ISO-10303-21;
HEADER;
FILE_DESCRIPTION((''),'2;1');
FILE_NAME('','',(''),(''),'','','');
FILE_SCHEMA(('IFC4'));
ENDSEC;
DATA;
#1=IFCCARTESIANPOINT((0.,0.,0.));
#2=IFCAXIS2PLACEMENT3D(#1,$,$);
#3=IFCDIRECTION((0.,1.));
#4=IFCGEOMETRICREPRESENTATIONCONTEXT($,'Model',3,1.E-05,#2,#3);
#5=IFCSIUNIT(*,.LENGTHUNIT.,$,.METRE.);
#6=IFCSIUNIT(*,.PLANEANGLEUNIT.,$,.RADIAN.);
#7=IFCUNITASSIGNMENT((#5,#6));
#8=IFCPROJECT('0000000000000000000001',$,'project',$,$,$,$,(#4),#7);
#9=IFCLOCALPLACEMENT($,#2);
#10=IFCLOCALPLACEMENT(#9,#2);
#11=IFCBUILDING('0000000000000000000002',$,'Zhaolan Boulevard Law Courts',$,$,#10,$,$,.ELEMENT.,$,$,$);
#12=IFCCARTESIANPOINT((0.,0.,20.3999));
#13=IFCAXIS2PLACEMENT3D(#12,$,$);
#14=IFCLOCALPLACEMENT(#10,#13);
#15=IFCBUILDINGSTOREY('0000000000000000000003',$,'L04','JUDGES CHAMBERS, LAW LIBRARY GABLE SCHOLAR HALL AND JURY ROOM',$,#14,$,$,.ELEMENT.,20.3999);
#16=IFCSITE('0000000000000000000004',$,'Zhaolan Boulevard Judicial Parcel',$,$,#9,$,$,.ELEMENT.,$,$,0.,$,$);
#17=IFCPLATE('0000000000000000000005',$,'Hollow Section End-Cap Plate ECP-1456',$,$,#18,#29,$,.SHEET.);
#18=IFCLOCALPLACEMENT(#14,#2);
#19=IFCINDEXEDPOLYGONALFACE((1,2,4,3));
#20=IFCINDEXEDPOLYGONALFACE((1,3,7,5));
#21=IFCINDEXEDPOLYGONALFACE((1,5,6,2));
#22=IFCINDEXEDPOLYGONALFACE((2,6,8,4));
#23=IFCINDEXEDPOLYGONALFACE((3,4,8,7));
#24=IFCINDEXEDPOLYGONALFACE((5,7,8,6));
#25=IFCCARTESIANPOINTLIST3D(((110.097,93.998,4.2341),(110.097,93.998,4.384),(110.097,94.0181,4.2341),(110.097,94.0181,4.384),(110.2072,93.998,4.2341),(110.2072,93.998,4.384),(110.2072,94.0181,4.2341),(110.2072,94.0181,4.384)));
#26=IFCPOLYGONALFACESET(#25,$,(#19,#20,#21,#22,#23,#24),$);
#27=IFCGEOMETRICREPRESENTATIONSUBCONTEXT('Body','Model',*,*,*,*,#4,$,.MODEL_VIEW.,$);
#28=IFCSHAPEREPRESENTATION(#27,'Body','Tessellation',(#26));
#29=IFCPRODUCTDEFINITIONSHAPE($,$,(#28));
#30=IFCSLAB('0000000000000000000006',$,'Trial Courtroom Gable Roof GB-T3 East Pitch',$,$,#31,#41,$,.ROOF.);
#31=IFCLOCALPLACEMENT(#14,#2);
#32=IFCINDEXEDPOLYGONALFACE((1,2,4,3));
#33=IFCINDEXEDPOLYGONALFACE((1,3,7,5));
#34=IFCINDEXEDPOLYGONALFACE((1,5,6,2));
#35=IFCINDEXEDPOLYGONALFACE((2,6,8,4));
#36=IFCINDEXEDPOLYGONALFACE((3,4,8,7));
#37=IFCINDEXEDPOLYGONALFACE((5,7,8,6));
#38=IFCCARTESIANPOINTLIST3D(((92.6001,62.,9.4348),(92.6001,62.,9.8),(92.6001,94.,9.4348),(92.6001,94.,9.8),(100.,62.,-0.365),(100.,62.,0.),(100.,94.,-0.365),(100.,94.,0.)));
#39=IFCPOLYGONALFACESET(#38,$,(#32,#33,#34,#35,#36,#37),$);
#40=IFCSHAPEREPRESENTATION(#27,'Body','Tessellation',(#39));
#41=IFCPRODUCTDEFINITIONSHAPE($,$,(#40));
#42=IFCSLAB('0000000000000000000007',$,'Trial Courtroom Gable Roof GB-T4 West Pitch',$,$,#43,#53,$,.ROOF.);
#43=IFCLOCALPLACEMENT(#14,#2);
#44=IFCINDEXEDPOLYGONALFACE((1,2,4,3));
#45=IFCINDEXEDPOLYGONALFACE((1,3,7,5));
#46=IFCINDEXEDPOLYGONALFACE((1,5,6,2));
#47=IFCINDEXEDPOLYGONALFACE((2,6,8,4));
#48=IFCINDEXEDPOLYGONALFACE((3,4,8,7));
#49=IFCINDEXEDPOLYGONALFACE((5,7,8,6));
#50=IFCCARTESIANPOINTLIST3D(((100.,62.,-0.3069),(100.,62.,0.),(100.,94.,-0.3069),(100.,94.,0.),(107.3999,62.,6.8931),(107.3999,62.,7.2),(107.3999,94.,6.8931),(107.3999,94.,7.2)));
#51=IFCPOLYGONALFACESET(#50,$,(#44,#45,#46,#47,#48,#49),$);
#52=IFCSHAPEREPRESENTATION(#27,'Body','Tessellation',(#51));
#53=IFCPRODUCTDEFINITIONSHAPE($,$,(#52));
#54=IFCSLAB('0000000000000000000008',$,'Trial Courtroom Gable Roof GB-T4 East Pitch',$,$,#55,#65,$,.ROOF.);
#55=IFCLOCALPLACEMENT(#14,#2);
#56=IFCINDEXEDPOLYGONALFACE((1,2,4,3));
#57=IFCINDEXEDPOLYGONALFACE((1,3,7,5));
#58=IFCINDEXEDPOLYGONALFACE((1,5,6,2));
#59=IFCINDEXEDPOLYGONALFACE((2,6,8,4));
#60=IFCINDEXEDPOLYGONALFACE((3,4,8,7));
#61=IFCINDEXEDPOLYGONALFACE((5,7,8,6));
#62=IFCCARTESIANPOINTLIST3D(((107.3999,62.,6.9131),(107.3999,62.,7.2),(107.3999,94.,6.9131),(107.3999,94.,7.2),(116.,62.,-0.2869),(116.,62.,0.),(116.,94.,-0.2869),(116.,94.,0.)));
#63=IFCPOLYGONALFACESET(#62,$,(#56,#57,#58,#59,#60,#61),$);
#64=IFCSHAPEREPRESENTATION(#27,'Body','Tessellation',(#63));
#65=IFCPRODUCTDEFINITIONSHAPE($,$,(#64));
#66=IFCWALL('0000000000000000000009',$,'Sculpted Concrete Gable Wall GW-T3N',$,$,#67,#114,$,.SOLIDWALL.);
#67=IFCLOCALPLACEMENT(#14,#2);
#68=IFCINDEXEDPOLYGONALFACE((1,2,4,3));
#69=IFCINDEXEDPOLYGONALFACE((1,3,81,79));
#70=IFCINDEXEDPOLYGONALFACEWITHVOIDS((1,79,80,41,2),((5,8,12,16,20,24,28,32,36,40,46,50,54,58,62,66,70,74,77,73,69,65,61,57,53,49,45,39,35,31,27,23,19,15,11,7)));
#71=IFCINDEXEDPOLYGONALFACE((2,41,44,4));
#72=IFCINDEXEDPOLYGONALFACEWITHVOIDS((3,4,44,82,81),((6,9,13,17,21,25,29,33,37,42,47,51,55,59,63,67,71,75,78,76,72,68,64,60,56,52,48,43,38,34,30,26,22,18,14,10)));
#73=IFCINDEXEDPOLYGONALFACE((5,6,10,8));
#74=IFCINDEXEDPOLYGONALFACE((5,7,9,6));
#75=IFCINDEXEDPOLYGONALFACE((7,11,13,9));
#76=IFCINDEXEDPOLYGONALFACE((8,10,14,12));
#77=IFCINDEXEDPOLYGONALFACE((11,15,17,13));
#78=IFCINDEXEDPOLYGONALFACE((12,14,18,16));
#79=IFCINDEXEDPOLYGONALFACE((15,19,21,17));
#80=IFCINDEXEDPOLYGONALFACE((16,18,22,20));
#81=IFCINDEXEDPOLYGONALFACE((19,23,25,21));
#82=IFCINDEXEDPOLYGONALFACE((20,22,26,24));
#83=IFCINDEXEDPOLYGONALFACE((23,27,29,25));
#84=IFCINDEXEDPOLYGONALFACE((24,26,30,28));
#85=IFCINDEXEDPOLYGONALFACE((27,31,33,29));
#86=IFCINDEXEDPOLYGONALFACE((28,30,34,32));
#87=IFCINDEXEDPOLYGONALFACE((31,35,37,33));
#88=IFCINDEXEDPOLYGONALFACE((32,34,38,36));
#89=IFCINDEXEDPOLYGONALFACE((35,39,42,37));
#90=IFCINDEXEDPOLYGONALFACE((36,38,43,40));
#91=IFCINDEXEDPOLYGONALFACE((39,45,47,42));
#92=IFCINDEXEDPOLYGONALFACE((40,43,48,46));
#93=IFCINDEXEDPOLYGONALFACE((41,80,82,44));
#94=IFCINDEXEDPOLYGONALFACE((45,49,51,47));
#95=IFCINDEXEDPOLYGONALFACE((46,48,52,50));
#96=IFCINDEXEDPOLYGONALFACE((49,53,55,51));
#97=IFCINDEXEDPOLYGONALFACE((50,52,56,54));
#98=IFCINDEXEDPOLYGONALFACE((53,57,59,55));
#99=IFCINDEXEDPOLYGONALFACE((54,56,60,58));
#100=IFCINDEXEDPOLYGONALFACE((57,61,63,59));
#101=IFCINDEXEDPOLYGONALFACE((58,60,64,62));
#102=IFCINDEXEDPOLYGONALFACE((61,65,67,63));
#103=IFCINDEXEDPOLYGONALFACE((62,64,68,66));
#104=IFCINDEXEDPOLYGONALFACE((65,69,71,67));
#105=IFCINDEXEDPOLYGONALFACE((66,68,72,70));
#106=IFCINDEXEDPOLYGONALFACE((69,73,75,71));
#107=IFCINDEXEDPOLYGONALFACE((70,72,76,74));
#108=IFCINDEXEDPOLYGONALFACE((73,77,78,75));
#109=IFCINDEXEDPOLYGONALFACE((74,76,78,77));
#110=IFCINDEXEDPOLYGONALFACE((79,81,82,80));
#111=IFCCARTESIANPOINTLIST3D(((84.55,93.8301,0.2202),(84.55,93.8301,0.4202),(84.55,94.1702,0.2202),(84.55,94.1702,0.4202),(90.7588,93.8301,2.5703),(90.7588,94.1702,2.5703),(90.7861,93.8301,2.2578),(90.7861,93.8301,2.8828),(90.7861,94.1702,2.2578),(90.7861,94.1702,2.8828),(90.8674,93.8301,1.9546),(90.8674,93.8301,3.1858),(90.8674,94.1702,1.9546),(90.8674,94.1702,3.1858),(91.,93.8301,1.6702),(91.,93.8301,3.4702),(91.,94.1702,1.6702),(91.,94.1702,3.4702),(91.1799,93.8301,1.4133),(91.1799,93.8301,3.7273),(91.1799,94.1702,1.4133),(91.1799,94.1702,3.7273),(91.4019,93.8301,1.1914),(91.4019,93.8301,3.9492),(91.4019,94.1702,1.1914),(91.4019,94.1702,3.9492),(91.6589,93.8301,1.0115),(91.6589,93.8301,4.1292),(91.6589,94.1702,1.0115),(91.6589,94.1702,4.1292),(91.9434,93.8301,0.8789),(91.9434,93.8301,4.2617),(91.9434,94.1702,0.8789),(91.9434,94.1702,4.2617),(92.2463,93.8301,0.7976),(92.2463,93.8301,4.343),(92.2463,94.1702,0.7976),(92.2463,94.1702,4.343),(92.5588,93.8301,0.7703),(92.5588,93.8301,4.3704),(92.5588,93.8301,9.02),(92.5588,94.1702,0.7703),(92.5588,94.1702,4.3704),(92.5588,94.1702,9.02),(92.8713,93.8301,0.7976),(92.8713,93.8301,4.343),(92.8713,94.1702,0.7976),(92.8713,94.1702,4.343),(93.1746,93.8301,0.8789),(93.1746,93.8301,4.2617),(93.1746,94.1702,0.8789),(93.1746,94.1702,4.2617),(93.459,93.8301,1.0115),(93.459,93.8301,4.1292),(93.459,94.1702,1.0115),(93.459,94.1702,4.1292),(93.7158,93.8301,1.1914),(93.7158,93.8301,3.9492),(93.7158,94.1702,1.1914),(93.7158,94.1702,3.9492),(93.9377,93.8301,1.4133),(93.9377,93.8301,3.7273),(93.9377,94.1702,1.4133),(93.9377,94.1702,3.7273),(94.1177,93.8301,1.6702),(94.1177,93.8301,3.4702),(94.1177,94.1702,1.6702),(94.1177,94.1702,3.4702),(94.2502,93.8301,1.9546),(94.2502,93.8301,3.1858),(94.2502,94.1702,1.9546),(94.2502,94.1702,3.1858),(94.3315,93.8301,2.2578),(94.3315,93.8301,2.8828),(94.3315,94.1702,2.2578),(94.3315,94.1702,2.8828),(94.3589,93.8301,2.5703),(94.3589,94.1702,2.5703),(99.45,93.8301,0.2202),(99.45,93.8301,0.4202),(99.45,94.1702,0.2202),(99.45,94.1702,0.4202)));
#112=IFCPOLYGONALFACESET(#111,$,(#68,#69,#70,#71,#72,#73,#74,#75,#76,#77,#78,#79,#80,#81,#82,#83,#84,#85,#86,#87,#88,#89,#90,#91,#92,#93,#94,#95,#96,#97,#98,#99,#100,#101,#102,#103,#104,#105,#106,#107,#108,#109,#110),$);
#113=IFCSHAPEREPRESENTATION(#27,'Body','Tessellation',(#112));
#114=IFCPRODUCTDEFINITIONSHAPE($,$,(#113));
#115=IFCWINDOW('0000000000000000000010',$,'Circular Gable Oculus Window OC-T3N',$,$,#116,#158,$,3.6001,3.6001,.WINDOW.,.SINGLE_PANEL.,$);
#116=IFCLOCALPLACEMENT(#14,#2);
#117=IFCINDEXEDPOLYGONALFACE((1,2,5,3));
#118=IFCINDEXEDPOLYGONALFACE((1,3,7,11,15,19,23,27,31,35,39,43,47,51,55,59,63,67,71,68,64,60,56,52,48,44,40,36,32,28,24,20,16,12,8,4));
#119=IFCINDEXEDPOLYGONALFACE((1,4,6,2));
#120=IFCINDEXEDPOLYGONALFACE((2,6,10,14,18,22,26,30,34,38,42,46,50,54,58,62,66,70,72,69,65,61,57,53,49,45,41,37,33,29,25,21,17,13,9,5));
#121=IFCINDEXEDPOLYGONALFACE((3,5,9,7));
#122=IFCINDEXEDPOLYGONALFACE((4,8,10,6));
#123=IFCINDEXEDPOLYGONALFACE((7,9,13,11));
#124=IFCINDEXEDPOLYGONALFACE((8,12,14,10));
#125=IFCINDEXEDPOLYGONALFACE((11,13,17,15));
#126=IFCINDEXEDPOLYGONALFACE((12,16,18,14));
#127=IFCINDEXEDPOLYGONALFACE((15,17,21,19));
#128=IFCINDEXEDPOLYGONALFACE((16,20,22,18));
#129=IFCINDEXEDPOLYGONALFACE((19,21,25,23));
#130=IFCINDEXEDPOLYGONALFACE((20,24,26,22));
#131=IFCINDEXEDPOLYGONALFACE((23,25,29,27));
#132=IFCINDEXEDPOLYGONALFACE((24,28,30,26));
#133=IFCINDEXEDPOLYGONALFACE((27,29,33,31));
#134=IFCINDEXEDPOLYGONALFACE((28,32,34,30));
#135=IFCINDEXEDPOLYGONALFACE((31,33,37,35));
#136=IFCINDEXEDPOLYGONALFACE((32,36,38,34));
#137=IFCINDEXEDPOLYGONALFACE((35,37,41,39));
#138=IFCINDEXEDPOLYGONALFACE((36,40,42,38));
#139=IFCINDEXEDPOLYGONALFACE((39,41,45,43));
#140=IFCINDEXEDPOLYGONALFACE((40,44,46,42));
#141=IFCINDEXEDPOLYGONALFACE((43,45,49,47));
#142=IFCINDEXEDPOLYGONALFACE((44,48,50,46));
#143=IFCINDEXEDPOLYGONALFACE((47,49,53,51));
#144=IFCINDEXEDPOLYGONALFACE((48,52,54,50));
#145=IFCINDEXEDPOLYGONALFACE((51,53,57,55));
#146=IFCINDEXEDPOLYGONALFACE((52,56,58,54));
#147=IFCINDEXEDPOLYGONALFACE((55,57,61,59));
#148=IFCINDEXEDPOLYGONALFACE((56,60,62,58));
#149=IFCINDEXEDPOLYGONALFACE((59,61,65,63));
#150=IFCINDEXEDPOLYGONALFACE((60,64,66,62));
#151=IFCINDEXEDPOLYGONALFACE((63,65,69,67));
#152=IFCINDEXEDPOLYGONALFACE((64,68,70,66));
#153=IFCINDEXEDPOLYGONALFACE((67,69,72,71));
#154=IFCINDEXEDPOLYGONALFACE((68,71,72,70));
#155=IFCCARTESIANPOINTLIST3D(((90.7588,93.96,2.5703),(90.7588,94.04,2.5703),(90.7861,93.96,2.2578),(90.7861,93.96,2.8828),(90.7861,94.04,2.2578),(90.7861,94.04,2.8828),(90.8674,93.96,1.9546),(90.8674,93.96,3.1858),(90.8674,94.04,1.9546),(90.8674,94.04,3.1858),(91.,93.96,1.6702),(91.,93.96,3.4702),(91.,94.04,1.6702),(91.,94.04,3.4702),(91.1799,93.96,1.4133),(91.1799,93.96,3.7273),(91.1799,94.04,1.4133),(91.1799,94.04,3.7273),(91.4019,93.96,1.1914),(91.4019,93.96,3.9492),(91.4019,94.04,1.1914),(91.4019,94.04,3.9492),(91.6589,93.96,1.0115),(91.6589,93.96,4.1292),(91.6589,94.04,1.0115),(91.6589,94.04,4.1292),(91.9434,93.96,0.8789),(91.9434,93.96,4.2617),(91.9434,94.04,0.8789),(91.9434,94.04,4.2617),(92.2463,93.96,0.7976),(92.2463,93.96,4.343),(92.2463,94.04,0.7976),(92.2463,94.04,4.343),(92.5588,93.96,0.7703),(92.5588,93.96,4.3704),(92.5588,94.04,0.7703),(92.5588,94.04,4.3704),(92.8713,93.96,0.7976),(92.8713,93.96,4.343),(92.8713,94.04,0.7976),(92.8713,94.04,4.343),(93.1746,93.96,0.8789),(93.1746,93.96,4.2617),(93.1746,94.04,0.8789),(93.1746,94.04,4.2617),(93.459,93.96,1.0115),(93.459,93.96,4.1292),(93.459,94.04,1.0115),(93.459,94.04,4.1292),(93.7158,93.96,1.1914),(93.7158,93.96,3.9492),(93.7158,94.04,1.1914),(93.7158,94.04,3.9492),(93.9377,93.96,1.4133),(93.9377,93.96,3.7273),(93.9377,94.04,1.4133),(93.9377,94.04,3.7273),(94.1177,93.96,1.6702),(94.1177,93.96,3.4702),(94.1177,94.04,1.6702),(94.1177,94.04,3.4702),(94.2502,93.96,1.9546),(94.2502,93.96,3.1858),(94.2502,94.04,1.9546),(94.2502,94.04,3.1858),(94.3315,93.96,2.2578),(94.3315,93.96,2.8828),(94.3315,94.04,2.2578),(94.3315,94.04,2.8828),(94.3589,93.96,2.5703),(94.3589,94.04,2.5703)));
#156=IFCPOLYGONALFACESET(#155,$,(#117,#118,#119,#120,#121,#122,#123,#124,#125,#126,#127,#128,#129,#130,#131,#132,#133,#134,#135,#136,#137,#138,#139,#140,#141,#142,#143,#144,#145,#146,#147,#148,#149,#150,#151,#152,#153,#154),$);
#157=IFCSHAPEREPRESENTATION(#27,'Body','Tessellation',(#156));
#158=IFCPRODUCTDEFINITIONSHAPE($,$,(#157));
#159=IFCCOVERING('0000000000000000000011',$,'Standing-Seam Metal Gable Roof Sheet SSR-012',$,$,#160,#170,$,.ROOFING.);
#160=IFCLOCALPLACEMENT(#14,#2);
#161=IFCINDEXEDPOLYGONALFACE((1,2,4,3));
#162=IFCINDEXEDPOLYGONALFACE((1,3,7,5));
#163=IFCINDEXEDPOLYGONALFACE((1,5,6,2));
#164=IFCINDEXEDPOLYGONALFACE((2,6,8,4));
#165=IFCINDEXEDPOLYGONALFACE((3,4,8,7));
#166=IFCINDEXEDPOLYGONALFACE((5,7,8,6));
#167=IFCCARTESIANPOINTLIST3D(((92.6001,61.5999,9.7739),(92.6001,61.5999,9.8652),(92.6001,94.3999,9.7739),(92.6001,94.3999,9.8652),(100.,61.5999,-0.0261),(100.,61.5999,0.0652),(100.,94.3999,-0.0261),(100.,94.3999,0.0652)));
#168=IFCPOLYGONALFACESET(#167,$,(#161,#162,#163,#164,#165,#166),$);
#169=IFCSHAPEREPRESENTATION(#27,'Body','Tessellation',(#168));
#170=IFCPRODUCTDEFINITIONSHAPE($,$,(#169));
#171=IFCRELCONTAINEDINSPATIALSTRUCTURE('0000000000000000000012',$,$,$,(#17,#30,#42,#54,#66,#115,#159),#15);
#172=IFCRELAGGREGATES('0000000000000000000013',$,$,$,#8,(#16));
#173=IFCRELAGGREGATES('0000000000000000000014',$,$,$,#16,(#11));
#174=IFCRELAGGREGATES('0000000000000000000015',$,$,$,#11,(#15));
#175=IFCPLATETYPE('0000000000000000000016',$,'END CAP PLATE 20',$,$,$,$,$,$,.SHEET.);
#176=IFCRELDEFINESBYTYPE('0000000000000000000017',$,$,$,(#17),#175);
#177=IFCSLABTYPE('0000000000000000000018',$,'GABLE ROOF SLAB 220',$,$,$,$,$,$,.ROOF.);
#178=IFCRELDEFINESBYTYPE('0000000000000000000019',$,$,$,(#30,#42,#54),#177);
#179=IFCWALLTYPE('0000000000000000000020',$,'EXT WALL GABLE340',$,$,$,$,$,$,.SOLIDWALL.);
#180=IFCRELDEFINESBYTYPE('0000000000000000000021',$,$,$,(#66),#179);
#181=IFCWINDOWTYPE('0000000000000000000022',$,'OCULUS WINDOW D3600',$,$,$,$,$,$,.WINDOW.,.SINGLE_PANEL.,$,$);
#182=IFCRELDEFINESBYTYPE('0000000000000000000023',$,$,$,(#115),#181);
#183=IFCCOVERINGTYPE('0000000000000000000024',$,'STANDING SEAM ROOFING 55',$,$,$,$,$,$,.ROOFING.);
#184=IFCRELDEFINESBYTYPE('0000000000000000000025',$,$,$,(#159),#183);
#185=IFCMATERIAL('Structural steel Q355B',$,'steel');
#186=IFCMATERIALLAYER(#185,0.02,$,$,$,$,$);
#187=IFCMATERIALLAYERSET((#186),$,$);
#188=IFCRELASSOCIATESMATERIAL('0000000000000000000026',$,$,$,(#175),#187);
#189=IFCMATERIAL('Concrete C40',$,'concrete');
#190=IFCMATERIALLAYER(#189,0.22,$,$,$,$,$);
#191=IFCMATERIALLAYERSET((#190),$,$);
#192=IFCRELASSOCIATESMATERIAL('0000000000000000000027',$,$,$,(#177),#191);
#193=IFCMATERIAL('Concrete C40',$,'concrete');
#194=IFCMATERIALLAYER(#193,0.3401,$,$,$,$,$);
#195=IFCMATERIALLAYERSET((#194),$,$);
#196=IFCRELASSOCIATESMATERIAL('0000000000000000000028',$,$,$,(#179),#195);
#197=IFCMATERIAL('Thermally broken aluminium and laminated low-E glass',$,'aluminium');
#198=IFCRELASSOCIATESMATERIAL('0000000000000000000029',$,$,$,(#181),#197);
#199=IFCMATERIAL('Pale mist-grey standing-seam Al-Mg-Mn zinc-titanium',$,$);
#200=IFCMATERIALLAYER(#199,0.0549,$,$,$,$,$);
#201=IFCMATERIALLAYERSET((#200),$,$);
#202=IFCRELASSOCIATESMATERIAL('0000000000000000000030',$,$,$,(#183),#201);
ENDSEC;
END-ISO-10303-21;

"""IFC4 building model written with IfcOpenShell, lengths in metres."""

from ifc_helpers import new_model, si_unit, direction, frame, origin, origin_2d, place, context, subcontext, project, spatial, polyline, rectangle, outline, extrude, material, layer, layer_set, type_object, element, fill, save


model = new_model("IFC4")

# Units and contexts
model_context = context("Model", 3, precision=1e-05, world=origin(), true_north=direction((0.0, 1.0)))
body_context = subcontext(model_context, "Body", "Model", "MODEL_VIEW")
ifc_project = project(units=[si_unit("LENGTHUNIT", "METRE"), si_unit("PLANEANGLEUNIT", "RADIAN")], contexts=[model_context])

# Site, building, storey
site_placement = place(None, origin())
site = spatial("IfcSite", under=ifc_project, at=site_placement, Name="Zhaolan Boulevard Judicial Parcel", CompositionType="ELEMENT", RefElevation=0.0)
building_placement = place(site_placement, origin())
building = spatial("IfcBuilding", under=site, at=building_placement, Name="Zhaolan Boulevard Law Courts", CompositionType="ELEMENT")
storey_placement = place(building_placement, frame((0.0, 0.0, 20.3999)))
storey = spatial("IfcBuildingStorey", under=building, at=storey_placement, Name="L04", Description="JUDGES CHAMBERS, LAW LIBRARY GABLE SCHOLAR HALL AND JURY ROOM", CompositionType="ELEMENT", Elevation=20.3999)

# Plate
ifc_material_1 = material(Name="Structural steel Q355B", Category="steel")
ifc_layer_1 = layer(ifc_material_1, 0.02)
ifc_layer_set_1 = layer_set([ifc_layer_1])
plate_type = type_object("IfcPlateType", Name="END CAP PLATE 20", PredefinedType="SHEET", material=ifc_layer_set_1)
for number, where, z_axis, x_axis, name in (
    (1, (110.1521, 94.0081, 4.2341), (0.0, 0.0, 1.0), (0.0, 1.0, 0.0), "Hollow Section End-Cap Plate ECP-1456"),
):
    element("IfcPlate", number, at=place(storey_placement, frame(where, z_axis=z_axis, x_axis=x_axis)), inside=storey, type_object=plate_type, Name=name, PredefinedType="SHEET", context=body_context, shape_type="SweptSolid", body=[
        extrude(rectangle(XDim=0.02, YDim=0.1101, at=origin_2d()), origin(), (0.0, 0.0, 1.0), 0.1499),
    ])

# Slabs
ifc_material_2 = material(Name="Concrete C40", Category="concrete")
ifc_layer_2 = layer(ifc_material_2, 0.22)
ifc_layer_set_2 = layer_set([ifc_layer_2])
slab_type = type_object("IfcSlabType", Name="GABLE ROOF SLAB 220", PredefinedType="ROOF", material=ifc_layer_set_2)
slab_1_placement = place(storey_placement, frame((92.6001, 94.0, 0.0), z_axis=(0.0, -1.0, 0.0), x_axis=(1.0, 0.0, 0.0)))
element("IfcSlab", 2, at=slab_1_placement, inside=storey, type_object=slab_type, Name="Trial Courtroom Gable Roof GB-T3 East Pitch", PredefinedType="ROOF", context=body_context, shape_type="SweptSolid", body=[
    extrude(outline(polyline([(0.0, 9.8), (7.3999, 0.0), (7.3999, -0.365), (0.0, 9.4348), (0.0, 9.8)])), origin(), (0.0, 0.0, 1.0), 32.0),
])
slab_2_placement = place(storey_placement, frame((100.0, 94.0, 0.0), z_axis=(0.0, -1.0, 0.0), x_axis=(1.0, 0.0, 0.0)))
element("IfcSlab", 3, at=slab_2_placement, inside=storey, type_object=slab_type, Name="Trial Courtroom Gable Roof GB-T4 West Pitch", PredefinedType="ROOF", context=body_context, shape_type="SweptSolid", body=[
    extrude(outline(polyline([(0.0, 0.0), (7.3999, 7.2), (7.3999, 6.8931), (0.0, -0.3069), (0.0, 0.0)])), origin(), (0.0, 0.0, 1.0), 32.0),
])
slab_3_placement = place(storey_placement, frame((107.3999, 94.0, 0.0), z_axis=(0.0, -1.0, 0.0), x_axis=(1.0, 0.0, 0.0)))
element("IfcSlab", 4, at=slab_3_placement, inside=storey, type_object=slab_type, Name="Trial Courtroom Gable Roof GB-T4 East Pitch", PredefinedType="ROOF", context=body_context, shape_type="SweptSolid", body=[
    extrude(outline(polyline([(0.0, 7.2), (8.6001, 0.0), (8.6001, -0.2869), (0.0, 6.9131), (0.0, 7.2)])), origin(), (0.0, 0.0, 1.0), 32.0),
])

# Wall, opening, window
ifc_material_3 = material(Name="Concrete C40", Category="concrete")
ifc_layer_3 = layer(ifc_material_3, 0.3401)
ifc_layer_set_3 = layer_set([ifc_layer_3])
wall_type = type_object("IfcWallType", Name="EXT WALL GABLE340", PredefinedType="SOLIDWALL", material=ifc_layer_set_3)
wall_placement = place(storey_placement, frame((99.45, 94.0, 0.2202), z_axis=(0.0, 0.0, 1.0), x_axis=(-1.0, 0.0, 0.0)))
wall = element("IfcWall", 5, at=wall_placement, inside=storey, type_object=wall_type, Name="Sculpted Concrete Gable Wall GW-T3N", PredefinedType="SOLIDWALL", context=body_context, shape_type="SweptSolid", body=[
    extrude(outline(polyline([(0.0, 0.0), (14.8999, 0.0), (14.8999, 0.2), (6.8911, 8.7998), (0.0, 0.2), (0.0, 0.0)])), frame((0.0, 0.1699, 0.0), z_axis=(0.0, -1.0, 0.0), x_axis=(1.0, 0.0, 0.0)), (0.0, 0.0, 1.0), 0.3401),
])
opening_placement = place(wall_placement, frame((5.0911, 0.0, 0.55)))
opening = element("IfcOpeningElement", 6, at=opening_placement, cuts=wall, PredefinedType="OPENING", context=body_context, shape_type="SweptSolid", body=[
    extrude(outline(polyline([(3.6001, 1.8), (3.5728, 2.1125), (3.4915, 2.4155), (3.3589, 2.7), (3.179, 2.957), (2.957, 3.179), (2.7, 3.3589), (2.4155, 3.4915), (2.1125, 3.5728), (1.8, 3.6001), (1.4875, 3.5728), (1.1843, 3.4915), (0.8999, 3.3589), (0.6431, 3.179), (0.4211, 2.957), (0.2412, 2.7), (0.1086, 2.4155), (0.0273, 2.1125), (0.0, 1.8), (0.0273, 1.4875), (0.1086, 1.1843), (0.2412, 0.8999), (0.4211, 0.6431), (0.6431, 0.4211), (0.8999, 0.2412), (1.1843, 0.1086), (1.4875, 0.0273), (1.8, 0.0), (2.1125, 0.0273), (2.4155, 0.1086), (2.7, 0.2412), (2.957, 0.4211), (3.179, 0.6431), (3.3589, 0.8999), (3.4915, 1.1843), (3.5728, 1.4875), (3.6001, 1.8)])), frame((0.0, 0.1799, 0.0), z_axis=(0.0, -1.0, 0.0), x_axis=(1.0, 0.0, 0.0)), (0.0, 0.0, 1.0), 0.3601),
])
ifc_material_4 = material(Name="Thermally broken aluminium and laminated low-E glass", Category="aluminium")
window_type = type_object("IfcWindowType", Name="OCULUS WINDOW D3600", PartitioningType="SINGLE_PANEL", PredefinedType="WINDOW", material=ifc_material_4)
window_placement = place(opening_placement, origin())
window = element("IfcWindow", 7, at=window_placement, inside=storey, type_object=window_type, Name="Circular Gable Oculus Window OC-T3N", OverallHeight=3.6001, OverallWidth=3.6001, PartitioningType="SINGLE_PANEL", PredefinedType="WINDOW", context=body_context, shape_type="SweptSolid", body=[
    extrude(outline(polyline([(3.6001, 1.8), (3.5728, 2.1125), (3.4915, 2.4155), (3.3589, 2.7), (3.179, 2.957), (2.957, 3.179), (2.7, 3.3589), (2.4155, 3.4915), (2.1125, 3.5728), (1.8, 3.6001), (1.4875, 3.5728), (1.1843, 3.4915), (0.8999, 3.3589), (0.6431, 3.179), (0.4211, 2.957), (0.2412, 2.7), (0.1086, 2.4155), (0.0273, 2.1125), (0.0, 1.8), (0.0273, 1.4875), (0.1086, 1.1843), (0.2412, 0.8999), (0.4211, 0.6431), (0.6431, 0.4211), (0.8999, 0.2412), (1.1843, 0.1086), (1.4875, 0.0273), (1.8, 0.0), (2.1125, 0.0273), (2.4155, 0.1086), (2.7, 0.2412), (2.957, 0.4211), (3.179, 0.6431), (3.3589, 0.8999), (3.4915, 1.1843), (3.5728, 1.4875), (3.6001, 1.8)])), frame((0.0, 0.04, 0.0), z_axis=(0.0, -1.0, 0.0), x_axis=(1.0, 0.0, 0.0)), (0.0, 0.0, 1.0), 0.0801),
])
fill(opening, window)

# Covering
ifc_material_5 = material(Name="Pale mist-grey standing-seam Al-Mg-Mn zinc-titanium")
ifc_layer_4 = layer(ifc_material_5, 0.0549)
ifc_layer_set_4 = layer_set([ifc_layer_4])
covering_type = type_object("IfcCoveringType", Name="STANDING SEAM ROOFING 55", PredefinedType="ROOFING", material=ifc_layer_set_4)
covering_1_placement = place(storey_placement, frame((92.6001, 94.3999, 0.0652), z_axis=(0.0, -1.0, 0.0), x_axis=(1.0, 0.0, 0.0)))
element("IfcCovering", 8, at=covering_1_placement, inside=storey, type_object=covering_type, Name="Standing-Seam Metal Gable Roof Sheet SSR-012", PredefinedType="ROOFING", context=body_context, shape_type="SweptSolid", body=[
    extrude(outline(polyline([(0.0, 9.8), (7.3999, 0.0), (7.3999, -0.0913), (0.0, 9.7087), (0.0, 9.8)])), origin(), (0.0, 0.0, 1.0), 32.8),
])

save(model, "model.ifc")
